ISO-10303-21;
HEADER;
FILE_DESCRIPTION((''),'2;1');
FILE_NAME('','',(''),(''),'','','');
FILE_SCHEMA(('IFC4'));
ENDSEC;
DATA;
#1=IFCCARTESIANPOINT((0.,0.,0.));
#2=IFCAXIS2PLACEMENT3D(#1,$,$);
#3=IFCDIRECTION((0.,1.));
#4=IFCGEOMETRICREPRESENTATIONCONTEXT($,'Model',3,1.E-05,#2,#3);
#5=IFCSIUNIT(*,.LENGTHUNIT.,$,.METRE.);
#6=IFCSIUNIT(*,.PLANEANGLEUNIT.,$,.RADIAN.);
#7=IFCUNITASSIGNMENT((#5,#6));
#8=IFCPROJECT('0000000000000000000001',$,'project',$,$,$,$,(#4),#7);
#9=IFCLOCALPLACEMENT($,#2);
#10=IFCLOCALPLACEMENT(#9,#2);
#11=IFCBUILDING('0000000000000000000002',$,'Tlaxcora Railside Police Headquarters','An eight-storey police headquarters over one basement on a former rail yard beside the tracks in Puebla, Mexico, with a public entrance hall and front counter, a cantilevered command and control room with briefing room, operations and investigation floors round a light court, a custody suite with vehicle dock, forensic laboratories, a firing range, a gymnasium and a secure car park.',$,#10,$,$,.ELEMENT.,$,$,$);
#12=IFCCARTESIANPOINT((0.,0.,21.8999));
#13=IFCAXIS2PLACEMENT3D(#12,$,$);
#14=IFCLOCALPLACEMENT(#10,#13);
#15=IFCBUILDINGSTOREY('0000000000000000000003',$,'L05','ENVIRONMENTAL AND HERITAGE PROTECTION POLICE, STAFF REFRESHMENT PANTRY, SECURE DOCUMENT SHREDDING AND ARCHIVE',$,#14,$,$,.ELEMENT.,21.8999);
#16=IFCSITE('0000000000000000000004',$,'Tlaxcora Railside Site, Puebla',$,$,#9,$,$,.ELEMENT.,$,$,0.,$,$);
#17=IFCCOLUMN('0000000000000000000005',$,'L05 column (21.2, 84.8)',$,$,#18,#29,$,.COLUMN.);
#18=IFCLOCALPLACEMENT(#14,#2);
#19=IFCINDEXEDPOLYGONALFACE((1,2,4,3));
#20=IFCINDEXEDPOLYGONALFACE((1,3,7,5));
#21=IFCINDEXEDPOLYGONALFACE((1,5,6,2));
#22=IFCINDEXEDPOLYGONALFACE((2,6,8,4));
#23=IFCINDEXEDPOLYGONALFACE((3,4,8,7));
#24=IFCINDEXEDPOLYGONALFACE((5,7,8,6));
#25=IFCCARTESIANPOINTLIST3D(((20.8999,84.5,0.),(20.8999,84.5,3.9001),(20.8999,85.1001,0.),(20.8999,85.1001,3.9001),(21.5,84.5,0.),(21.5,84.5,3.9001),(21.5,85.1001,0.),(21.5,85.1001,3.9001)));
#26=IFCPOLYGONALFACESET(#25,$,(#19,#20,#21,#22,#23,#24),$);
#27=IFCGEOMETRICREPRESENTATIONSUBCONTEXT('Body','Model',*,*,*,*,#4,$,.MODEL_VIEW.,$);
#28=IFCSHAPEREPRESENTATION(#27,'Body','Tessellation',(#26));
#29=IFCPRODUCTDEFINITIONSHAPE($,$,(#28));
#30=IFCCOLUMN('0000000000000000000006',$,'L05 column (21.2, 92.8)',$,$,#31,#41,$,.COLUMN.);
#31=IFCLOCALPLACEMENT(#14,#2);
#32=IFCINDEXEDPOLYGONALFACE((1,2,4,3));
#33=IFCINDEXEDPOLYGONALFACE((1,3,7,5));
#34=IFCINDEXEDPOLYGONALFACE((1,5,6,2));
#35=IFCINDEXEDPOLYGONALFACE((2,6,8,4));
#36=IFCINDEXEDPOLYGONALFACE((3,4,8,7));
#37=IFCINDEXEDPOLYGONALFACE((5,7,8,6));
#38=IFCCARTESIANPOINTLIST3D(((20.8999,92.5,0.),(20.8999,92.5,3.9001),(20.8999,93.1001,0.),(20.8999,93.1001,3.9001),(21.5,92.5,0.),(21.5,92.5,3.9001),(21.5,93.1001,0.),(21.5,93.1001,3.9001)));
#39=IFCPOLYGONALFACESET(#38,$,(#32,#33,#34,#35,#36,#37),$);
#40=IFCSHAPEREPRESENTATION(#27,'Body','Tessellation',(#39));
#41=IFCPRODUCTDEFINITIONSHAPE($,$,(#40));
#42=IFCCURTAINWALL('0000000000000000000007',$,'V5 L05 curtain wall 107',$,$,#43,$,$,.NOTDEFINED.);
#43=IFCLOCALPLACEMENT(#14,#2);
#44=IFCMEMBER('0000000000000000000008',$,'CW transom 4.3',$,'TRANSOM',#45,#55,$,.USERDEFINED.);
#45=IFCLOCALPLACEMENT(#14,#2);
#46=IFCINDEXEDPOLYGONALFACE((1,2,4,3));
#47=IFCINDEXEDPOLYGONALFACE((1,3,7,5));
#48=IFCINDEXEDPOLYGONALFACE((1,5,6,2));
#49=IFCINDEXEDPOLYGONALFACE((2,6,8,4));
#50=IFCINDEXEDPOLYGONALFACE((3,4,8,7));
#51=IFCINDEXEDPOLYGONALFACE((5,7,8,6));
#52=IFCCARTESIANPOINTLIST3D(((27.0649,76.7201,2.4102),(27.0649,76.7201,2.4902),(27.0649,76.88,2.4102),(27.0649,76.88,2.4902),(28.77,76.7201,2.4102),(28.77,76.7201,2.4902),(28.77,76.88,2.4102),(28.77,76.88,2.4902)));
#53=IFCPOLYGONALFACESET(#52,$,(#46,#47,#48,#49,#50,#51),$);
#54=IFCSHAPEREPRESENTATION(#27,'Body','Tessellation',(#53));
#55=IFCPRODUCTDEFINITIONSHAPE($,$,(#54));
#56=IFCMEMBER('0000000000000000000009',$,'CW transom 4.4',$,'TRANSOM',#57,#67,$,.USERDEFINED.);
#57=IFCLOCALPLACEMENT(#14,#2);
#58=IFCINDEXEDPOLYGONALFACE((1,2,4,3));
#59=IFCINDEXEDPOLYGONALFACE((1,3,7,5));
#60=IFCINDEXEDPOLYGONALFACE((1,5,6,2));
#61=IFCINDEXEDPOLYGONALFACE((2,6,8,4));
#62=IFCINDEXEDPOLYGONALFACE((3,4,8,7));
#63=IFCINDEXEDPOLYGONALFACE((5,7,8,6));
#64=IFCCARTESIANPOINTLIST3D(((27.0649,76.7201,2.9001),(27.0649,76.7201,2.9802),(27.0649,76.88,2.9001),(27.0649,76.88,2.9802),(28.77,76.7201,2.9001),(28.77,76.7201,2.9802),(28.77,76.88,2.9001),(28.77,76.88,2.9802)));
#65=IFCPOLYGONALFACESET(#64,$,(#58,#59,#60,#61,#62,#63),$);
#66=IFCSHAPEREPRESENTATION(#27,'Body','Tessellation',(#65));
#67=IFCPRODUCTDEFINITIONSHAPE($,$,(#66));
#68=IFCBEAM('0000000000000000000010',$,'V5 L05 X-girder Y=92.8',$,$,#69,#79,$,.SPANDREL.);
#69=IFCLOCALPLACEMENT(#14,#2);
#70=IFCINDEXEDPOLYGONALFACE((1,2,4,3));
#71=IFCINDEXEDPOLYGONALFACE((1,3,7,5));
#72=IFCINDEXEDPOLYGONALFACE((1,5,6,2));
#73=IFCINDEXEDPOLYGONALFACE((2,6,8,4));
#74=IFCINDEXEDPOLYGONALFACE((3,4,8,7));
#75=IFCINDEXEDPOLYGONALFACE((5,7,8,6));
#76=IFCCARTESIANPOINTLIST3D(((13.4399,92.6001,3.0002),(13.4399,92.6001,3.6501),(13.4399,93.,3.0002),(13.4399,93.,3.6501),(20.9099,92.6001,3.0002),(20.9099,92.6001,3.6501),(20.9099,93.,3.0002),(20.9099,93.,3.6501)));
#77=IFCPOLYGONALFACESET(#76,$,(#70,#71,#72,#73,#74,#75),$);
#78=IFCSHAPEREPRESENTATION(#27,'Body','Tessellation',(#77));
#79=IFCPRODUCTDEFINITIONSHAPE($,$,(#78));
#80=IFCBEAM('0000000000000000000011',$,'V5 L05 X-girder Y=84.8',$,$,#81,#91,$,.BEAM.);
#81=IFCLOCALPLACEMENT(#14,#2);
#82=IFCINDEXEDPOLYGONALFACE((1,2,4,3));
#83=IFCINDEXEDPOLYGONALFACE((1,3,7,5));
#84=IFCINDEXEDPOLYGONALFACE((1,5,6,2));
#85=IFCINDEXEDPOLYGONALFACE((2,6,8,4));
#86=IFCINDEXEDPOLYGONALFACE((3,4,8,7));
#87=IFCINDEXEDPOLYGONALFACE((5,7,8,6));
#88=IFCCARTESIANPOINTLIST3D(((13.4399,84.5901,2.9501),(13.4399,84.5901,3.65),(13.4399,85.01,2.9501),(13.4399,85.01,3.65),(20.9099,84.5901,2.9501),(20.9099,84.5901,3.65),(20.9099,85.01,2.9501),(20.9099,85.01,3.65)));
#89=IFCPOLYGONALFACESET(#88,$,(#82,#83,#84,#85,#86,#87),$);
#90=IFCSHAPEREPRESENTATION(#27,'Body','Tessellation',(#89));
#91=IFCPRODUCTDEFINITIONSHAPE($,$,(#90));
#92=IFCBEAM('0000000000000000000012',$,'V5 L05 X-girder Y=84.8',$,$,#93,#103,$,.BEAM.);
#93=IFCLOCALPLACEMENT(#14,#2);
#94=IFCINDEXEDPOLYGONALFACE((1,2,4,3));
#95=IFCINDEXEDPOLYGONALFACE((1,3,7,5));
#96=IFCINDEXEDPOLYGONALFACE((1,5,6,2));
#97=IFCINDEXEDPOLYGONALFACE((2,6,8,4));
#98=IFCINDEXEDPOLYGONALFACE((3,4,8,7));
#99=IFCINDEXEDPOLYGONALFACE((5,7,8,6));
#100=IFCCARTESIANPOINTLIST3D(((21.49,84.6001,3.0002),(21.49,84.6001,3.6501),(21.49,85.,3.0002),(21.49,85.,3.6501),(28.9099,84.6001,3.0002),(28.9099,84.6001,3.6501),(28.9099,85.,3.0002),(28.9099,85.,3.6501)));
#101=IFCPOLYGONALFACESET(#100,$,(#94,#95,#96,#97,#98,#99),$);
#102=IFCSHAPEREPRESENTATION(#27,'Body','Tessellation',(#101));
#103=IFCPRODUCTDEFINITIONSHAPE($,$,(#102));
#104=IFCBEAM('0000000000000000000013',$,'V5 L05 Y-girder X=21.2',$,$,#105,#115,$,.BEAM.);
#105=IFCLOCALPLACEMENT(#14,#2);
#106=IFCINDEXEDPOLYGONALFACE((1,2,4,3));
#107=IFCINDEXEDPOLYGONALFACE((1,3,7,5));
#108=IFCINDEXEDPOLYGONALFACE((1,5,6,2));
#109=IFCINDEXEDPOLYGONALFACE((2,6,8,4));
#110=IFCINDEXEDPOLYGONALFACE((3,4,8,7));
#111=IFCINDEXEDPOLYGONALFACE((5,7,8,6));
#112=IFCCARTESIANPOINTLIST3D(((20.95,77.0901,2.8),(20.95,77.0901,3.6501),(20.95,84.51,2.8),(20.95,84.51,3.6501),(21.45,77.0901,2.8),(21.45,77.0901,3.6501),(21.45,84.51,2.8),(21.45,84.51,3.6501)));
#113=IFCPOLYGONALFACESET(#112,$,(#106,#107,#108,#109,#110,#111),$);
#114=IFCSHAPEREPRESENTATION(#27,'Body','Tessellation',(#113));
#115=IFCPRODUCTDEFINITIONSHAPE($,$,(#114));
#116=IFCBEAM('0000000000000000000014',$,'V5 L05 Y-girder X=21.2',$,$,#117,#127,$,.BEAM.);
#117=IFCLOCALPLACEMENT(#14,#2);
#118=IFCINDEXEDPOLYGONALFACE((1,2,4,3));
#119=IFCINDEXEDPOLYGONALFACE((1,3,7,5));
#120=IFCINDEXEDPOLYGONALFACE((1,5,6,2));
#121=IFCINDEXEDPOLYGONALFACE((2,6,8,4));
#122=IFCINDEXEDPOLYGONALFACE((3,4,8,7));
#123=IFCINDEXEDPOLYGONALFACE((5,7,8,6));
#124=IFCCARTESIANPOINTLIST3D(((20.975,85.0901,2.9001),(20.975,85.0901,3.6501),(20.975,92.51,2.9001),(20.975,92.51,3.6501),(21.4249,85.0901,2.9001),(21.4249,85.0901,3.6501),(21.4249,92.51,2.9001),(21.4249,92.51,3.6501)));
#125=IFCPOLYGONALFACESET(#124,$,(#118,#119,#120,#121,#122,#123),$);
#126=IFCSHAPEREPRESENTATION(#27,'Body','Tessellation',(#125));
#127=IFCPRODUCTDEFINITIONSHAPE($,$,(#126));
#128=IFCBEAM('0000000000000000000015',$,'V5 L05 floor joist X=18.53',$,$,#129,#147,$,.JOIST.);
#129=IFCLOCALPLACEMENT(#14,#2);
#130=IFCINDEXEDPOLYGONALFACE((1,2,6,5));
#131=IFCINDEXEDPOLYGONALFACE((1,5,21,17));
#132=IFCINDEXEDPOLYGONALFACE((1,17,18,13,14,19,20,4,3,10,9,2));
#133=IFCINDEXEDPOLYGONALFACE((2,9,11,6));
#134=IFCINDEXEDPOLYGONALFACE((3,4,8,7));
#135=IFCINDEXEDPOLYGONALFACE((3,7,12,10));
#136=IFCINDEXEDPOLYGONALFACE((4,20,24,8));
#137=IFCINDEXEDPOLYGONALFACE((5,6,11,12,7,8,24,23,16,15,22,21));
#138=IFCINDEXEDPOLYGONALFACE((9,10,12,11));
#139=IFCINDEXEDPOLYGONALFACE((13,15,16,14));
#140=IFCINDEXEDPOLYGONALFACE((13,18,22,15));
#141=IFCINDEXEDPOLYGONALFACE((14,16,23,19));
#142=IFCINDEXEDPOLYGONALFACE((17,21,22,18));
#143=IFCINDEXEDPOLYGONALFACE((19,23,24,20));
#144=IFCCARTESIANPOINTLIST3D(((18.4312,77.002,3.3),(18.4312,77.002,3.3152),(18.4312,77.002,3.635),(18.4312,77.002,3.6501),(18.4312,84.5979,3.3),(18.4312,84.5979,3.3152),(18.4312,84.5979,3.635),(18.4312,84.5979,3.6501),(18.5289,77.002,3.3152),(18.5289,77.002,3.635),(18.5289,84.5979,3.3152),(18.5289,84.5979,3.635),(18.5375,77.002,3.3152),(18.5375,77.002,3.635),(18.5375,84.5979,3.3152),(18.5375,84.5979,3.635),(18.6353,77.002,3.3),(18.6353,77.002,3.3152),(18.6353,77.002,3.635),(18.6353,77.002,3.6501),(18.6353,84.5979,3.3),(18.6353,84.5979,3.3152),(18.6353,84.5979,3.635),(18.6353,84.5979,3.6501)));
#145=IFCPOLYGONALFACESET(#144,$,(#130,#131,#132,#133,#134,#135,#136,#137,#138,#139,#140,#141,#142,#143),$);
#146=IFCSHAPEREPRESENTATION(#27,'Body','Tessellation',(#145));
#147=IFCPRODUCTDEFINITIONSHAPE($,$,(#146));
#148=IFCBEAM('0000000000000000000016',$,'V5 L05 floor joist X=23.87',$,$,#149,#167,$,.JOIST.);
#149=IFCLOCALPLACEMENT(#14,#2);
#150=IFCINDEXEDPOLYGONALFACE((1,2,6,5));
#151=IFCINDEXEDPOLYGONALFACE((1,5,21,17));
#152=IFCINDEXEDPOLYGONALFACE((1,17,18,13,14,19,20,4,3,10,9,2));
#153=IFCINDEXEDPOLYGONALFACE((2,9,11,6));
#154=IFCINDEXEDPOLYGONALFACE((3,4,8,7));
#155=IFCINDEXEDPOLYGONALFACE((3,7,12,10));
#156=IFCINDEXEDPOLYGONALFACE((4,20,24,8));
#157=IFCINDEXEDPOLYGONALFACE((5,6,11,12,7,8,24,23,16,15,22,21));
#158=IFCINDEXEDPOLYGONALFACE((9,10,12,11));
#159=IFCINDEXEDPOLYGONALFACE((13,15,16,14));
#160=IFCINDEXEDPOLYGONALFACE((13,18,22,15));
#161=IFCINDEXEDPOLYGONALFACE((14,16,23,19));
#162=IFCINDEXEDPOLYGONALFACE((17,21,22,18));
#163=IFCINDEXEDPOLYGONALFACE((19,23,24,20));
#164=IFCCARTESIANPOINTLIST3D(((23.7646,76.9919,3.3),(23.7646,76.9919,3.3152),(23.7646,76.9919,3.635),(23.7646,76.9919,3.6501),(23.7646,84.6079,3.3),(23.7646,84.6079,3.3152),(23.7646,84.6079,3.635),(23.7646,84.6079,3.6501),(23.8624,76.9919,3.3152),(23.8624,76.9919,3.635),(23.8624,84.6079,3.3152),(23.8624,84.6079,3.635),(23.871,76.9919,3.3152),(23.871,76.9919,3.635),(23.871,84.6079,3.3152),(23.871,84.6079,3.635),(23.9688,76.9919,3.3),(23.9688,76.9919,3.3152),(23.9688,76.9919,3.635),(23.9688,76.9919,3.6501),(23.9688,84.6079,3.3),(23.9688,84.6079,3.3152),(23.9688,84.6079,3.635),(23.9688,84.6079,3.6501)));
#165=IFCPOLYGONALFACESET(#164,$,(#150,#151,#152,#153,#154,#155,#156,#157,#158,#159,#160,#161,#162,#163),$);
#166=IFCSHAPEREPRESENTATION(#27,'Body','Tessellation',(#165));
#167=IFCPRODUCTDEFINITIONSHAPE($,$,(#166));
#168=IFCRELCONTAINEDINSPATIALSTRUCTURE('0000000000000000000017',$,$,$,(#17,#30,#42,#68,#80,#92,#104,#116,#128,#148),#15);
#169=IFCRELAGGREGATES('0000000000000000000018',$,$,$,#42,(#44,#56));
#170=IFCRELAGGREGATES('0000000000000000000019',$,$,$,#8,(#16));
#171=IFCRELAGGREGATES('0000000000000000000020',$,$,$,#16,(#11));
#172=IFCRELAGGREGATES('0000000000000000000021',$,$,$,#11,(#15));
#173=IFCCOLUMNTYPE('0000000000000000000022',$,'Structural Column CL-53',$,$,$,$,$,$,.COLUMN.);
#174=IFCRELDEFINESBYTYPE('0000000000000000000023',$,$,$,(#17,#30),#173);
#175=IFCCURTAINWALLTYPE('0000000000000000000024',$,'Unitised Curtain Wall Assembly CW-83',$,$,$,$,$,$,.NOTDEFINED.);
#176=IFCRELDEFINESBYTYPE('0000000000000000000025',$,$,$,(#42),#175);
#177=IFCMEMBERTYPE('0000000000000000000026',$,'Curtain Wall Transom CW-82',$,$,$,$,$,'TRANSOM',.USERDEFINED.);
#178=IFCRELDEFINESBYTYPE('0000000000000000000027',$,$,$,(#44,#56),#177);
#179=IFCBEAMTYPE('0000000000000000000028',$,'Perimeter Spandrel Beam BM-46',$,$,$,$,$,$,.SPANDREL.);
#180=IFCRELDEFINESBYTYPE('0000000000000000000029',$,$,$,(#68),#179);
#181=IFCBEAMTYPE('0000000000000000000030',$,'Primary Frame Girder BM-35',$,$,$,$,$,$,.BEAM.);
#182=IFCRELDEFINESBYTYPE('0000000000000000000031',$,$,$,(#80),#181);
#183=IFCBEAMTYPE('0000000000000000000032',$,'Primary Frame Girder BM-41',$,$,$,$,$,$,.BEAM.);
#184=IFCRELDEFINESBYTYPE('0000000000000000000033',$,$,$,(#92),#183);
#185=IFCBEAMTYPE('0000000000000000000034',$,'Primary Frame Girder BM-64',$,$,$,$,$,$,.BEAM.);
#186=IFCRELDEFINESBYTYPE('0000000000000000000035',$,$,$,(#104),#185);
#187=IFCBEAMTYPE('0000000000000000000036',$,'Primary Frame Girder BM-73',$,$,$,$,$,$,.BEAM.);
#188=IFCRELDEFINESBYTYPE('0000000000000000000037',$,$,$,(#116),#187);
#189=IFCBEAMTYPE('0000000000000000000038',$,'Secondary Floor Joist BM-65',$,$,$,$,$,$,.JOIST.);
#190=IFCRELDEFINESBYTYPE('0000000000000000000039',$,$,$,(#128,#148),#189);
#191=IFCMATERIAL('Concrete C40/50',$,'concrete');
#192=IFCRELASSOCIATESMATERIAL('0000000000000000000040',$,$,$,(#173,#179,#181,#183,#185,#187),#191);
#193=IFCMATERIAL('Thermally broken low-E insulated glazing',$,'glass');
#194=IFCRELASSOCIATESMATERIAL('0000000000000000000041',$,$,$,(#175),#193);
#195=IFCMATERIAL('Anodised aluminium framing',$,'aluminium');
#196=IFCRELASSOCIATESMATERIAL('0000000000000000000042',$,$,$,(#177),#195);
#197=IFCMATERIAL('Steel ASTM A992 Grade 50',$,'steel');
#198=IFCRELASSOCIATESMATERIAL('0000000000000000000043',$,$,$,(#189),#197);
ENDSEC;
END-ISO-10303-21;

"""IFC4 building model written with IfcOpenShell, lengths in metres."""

from ifc_helpers import new_model, si_unit, direction, frame, origin, origin_2d, place, context, subcontext, project, spatial, rectangle, i_section, extrude, material, material_profile, profile_set, type_object, element, aggregate, save


model = new_model("IFC4")

# Units and contexts
model_context = context("Model", 3, precision=1e-05, world=origin(), true_north=direction((0.0, 1.0)))
body_context = subcontext(model_context, "Body", "Model", "MODEL_VIEW")
ifc_project = project(units=[si_unit("LENGTHUNIT", "METRE"), si_unit("PLANEANGLEUNIT", "RADIAN")], contexts=[model_context])

# Site, building, storey
site_placement = place(None, origin())
site = spatial("IfcSite", under=ifc_project, at=site_placement, Name="Tlaxcora Railside Site, Puebla", CompositionType="ELEMENT", RefElevation=0.0)
building_placement = place(site_placement, origin())
building = spatial("IfcBuilding", under=site, at=building_placement, Name="Tlaxcora Railside Police Headquarters", Description="An eight-storey police headquarters over one basement on a former rail yard beside the tracks in Puebla, Mexico, with a public entrance hall and front counter, a cantilevered command and control room with briefing room, operations and investigation floors round a light court, a custody suite with vehicle dock, forensic laboratories, a firing range, a gymnasium and a secure car park.", CompositionType="ELEMENT")
storey_placement = place(building_placement, frame((0.0, 0.0, 21.8999)))
storey = spatial("IfcBuildingStorey", under=building, at=storey_placement, Name="L05", Description="ENVIRONMENTAL AND HERITAGE PROTECTION POLICE, STAFF REFRESHMENT PANTRY, SECURE DOCUMENT SHREDDING AND ARCHIVE", CompositionType="ELEMENT", Elevation=21.8999)

# Columns
ifc_material_1 = material(Name="Concrete C40/50", Category="concrete")
ifc_material_profile_1 = material_profile(ifc_material_1, rectangle(XDim=0.6001, YDim=0.6001, at=origin_2d()), Name="RC600X600")
ifc_profile_set_1 = profile_set([ifc_material_profile_1], Name="Concrete C40/50")
column_type = type_object("IfcColumnType", Name="Structural Column CL-53", PredefinedType="COLUMN", material=ifc_profile_set_1)
for number, where, z_axis, x_axis, name in (
    (1, (21.2, 84.8, 0.0), (0.0, 0.0, 1.0), (1.0, 0.0, 0.0), "L05 column (21.2, 84.8)"),
    (2, (21.2, 92.8, 0.0), (0.0, 0.0, 1.0), (1.0, 0.0, 0.0), "L05 column (21.2, 92.8)"),
):
    element("IfcColumn", number, at=place(storey_placement, frame(where, z_axis=z_axis, x_axis=x_axis)), inside=storey, type_object=column_type, Name=name, PredefinedType="COLUMN", context=body_context, shape_type="SweptSolid", body=[
        extrude(rectangle(XDim=0.6001, YDim=0.6001, at=origin_2d()), origin(), (0.0, 0.0, 1.0), 3.9001),
    ])

# Curtain wall, members
ifc_material_2 = material(Name="Thermally broken low-E insulated glazing", Category="glass")
curtain_wall_type = type_object("IfcCurtainWallType", Name="Unitised Curtain Wall Assembly CW-83", PredefinedType="NOTDEFINED", material=ifc_material_2)
curtain_wall_placement = place(storey_placement, origin())
curtain_wall = element("IfcCurtainWall", 3, at=curtain_wall_placement, inside=storey, type_object=curtain_wall_type, Name="V5 L05 curtain wall 107", PredefinedType="NOTDEFINED")
ifc_material_3 = material(Name="Anodised aluminium framing", Category="aluminium")
ifc_material_profile_2 = material_profile(ifc_material_3, rectangle(XDim=0.1599, YDim=0.0801, at=origin_2d()), Name="AL80X160")
ifc_profile_set_2 = profile_set([ifc_material_profile_2], Name="Anodised aluminium framing")
member_type = type_object("IfcMemberType", Name="Curtain Wall Transom CW-82", ElementType="TRANSOM", PredefinedType="USERDEFINED", material=ifc_profile_set_2)
member_1_placement = place(storey_placement, frame((27.0649, 76.8, 2.4502), z_axis=(1.0, 0.0, 0.0), x_axis=(0.0, 1.0, 0.0)))
member_1 = element("IfcMember", 4, at=member_1_placement, type_object=member_type, Name="CW transom 4.3", ObjectType="TRANSOM", PredefinedType="USERDEFINED", context=body_context, shape_type="SweptSolid", body=[
    extrude(rectangle(XDim=0.1599, YDim=0.0801, at=origin_2d()), origin(), (0.0, 0.0, 1.0), 1.7051),
])
member_2_placement = place(storey_placement, frame((27.0649, 76.8, 2.9402), z_axis=(1.0, 0.0, 0.0), x_axis=(0.0, 1.0, 0.0)))
member_2 = element("IfcMember", 5, at=member_2_placement, type_object=member_type, Name="CW transom 4.4", ObjectType="TRANSOM", PredefinedType="USERDEFINED", context=body_context, shape_type="SweptSolid", body=[
    extrude(rectangle(XDim=0.1599, YDim=0.0801, at=origin_2d()), origin(), (0.0, 0.0, 1.0), 1.7051),
])
aggregate(curtain_wall, [member_1, member_2])

# Beams
ifc_material_profile_3 = material_profile(ifc_material_1, rectangle(XDim=0.3999, YDim=0.6499, at=origin_2d()), Name="RC400X650")
ifc_profile_set_3 = profile_set([ifc_material_profile_3], Name="Concrete C40/50")
beam_type_1 = type_object("IfcBeamType", Name="Perimeter Spandrel Beam BM-46", PredefinedType="SPANDREL", material=ifc_profile_set_3)
beam_1_placement = place(storey_placement, frame((13.4399, 92.8, 3.3252), z_axis=(1.0, 0.0, 0.0), x_axis=(0.0, 1.0, 0.0)))
element("IfcBeam", 6, at=beam_1_placement, inside=storey, type_object=beam_type_1, Name="V5 L05 X-girder Y=92.8", PredefinedType="SPANDREL", context=body_context, shape_type="SweptSolid", body=[
    extrude(rectangle(XDim=0.3999, YDim=0.6499, at=origin_2d()), origin(), (0.0, 0.0, 1.0), 7.47),
])
ifc_material_profile_4 = material_profile(ifc_material_1, rectangle(XDim=0.4199, YDim=0.7, at=origin_2d()), Name="RC420X700")
ifc_profile_set_4 = profile_set([ifc_material_profile_4], Name="Concrete C40/50")
beam_type_2 = type_object("IfcBeamType", Name="Primary Frame Girder BM-35", PredefinedType="BEAM", material=ifc_profile_set_4)
beam_2_placement = place(storey_placement, frame((13.4399, 84.8, 3.3), z_axis=(1.0, 0.0, 0.0), x_axis=(0.0, 1.0, 0.0)))
element("IfcBeam", 7, at=beam_2_placement, inside=storey, type_object=beam_type_2, Name="V5 L05 X-girder Y=84.8", PredefinedType="BEAM", context=body_context, shape_type="SweptSolid", body=[
    extrude(rectangle(XDim=0.4199, YDim=0.7, at=origin_2d()), origin(), (0.0, 0.0, 1.0), 7.47),
])
ifc_material_profile_5 = material_profile(ifc_material_1, rectangle(XDim=0.3999, YDim=0.6499, at=origin_2d()), Name="RC400X650")
ifc_profile_set_5 = profile_set([ifc_material_profile_5], Name="Concrete C40/50")
beam_type_3 = type_object("IfcBeamType", Name="Primary Frame Girder BM-41", PredefinedType="BEAM", material=ifc_profile_set_5)
beam_3_placement = place(storey_placement, frame((21.49, 84.8, 3.3252), z_axis=(1.0, 0.0, 0.0), x_axis=(0.0, 1.0, 0.0)))
element("IfcBeam", 8, at=beam_3_placement, inside=storey, type_object=beam_type_3, Name="V5 L05 X-girder Y=84.8", PredefinedType="BEAM", context=body_context, shape_type="SweptSolid", body=[
    extrude(rectangle(XDim=0.3999, YDim=0.6499, at=origin_2d()), origin(), (0.0, 0.0, 1.0), 7.4199),
])
ifc_material_profile_6 = material_profile(ifc_material_1, rectangle(XDim=0.5, YDim=0.8501, at=origin_2d()), Name="RC500X850")
ifc_profile_set_6 = profile_set([ifc_material_profile_6], Name="Concrete C40/50")
beam_type_4 = type_object("IfcBeamType", Name="Primary Frame Girder BM-64", PredefinedType="BEAM", material=ifc_profile_set_6)
beam_4_placement = place(storey_placement, frame((21.2, 77.0901, 3.2251), z_axis=(0.0, 1.0, 0.0), x_axis=(-1.0, 0.0, 0.0)))
element("IfcBeam", 9, at=beam_4_placement, inside=storey, type_object=beam_type_4, Name="V5 L05 Y-girder X=21.2", PredefinedType="BEAM", context=body_context, shape_type="SweptSolid", body=[
    extrude(rectangle(XDim=0.5, YDim=0.8501, at=origin_2d()), origin(), (0.0, 0.0, 1.0), 7.4199),
])
ifc_material_profile_7 = material_profile(ifc_material_1, rectangle(XDim=0.45, YDim=0.75, at=origin_2d()), Name="RC450X750")
ifc_profile_set_7 = profile_set([ifc_material_profile_7], Name="Concrete C40/50")
beam_type_5 = type_object("IfcBeamType", Name="Primary Frame Girder BM-73", PredefinedType="BEAM", material=ifc_profile_set_7)
beam_5_placement = place(storey_placement, frame((21.2, 85.0901, 3.2751), z_axis=(0.0, 1.0, 0.0), x_axis=(-1.0, 0.0, 0.0)))
element("IfcBeam", 10, at=beam_5_placement, inside=storey, type_object=beam_type_5, Name="V5 L05 Y-girder X=21.2", PredefinedType="BEAM", context=body_context, shape_type="SweptSolid", body=[
    extrude(rectangle(XDim=0.45, YDim=0.75, at=origin_2d()), origin(), (0.0, 0.0, 1.0), 7.4199),
])
ifc_material_4 = material(Name="Steel ASTM A992 Grade 50", Category="steel")
ifc_material_profile_8 = material_profile(ifc_material_4, i_section(OverallWidth=0.2041, OverallDepth=0.3501, WebThickness=0.0085, FlangeThickness=0.0151, at=origin_2d()), Name="W14X48")
ifc_profile_set_8 = profile_set([ifc_material_profile_8], Name="Steel ASTM A992 Grade 50")
beam_type_6 = type_object("IfcBeamType", Name="Secondary Floor Joist BM-65", PredefinedType="JOIST", material=ifc_profile_set_8)
beam_6_placement = place(storey_placement, frame((18.5332, 77.002, 3.4751), z_axis=(0.0, 1.0, 0.0), x_axis=(-1.0, 0.0, 0.0)))
element("IfcBeam", 11, at=beam_6_placement, inside=storey, type_object=beam_type_6, Name="V5 L05 floor joist X=18.53", PredefinedType="JOIST", context=body_context, shape_type="SweptSolid", body=[
    extrude(i_section(OverallWidth=0.2041, OverallDepth=0.3501, WebThickness=0.0085, FlangeThickness=0.0151, at=origin_2d()), origin(), (0.0, 0.0, 1.0), 7.5959),
])
beam_7_placement = place(storey_placement, frame((23.8667, 76.9919, 3.4751), z_axis=(0.0, 1.0, 0.0), x_axis=(-1.0, 0.0, 0.0)))
element("IfcBeam", 12, at=beam_7_placement, inside=storey, type_object=beam_type_6, Name="V5 L05 floor joist X=23.87", PredefinedType="JOIST", context=body_context, shape_type="SweptSolid", body=[
    extrude(i_section(OverallWidth=0.2041, OverallDepth=0.3501, WebThickness=0.0085, FlangeThickness=0.0151, at=origin_2d()), origin(), (0.0, 0.0, 1.0), 7.616),
])

save(model, "model.ifc")
